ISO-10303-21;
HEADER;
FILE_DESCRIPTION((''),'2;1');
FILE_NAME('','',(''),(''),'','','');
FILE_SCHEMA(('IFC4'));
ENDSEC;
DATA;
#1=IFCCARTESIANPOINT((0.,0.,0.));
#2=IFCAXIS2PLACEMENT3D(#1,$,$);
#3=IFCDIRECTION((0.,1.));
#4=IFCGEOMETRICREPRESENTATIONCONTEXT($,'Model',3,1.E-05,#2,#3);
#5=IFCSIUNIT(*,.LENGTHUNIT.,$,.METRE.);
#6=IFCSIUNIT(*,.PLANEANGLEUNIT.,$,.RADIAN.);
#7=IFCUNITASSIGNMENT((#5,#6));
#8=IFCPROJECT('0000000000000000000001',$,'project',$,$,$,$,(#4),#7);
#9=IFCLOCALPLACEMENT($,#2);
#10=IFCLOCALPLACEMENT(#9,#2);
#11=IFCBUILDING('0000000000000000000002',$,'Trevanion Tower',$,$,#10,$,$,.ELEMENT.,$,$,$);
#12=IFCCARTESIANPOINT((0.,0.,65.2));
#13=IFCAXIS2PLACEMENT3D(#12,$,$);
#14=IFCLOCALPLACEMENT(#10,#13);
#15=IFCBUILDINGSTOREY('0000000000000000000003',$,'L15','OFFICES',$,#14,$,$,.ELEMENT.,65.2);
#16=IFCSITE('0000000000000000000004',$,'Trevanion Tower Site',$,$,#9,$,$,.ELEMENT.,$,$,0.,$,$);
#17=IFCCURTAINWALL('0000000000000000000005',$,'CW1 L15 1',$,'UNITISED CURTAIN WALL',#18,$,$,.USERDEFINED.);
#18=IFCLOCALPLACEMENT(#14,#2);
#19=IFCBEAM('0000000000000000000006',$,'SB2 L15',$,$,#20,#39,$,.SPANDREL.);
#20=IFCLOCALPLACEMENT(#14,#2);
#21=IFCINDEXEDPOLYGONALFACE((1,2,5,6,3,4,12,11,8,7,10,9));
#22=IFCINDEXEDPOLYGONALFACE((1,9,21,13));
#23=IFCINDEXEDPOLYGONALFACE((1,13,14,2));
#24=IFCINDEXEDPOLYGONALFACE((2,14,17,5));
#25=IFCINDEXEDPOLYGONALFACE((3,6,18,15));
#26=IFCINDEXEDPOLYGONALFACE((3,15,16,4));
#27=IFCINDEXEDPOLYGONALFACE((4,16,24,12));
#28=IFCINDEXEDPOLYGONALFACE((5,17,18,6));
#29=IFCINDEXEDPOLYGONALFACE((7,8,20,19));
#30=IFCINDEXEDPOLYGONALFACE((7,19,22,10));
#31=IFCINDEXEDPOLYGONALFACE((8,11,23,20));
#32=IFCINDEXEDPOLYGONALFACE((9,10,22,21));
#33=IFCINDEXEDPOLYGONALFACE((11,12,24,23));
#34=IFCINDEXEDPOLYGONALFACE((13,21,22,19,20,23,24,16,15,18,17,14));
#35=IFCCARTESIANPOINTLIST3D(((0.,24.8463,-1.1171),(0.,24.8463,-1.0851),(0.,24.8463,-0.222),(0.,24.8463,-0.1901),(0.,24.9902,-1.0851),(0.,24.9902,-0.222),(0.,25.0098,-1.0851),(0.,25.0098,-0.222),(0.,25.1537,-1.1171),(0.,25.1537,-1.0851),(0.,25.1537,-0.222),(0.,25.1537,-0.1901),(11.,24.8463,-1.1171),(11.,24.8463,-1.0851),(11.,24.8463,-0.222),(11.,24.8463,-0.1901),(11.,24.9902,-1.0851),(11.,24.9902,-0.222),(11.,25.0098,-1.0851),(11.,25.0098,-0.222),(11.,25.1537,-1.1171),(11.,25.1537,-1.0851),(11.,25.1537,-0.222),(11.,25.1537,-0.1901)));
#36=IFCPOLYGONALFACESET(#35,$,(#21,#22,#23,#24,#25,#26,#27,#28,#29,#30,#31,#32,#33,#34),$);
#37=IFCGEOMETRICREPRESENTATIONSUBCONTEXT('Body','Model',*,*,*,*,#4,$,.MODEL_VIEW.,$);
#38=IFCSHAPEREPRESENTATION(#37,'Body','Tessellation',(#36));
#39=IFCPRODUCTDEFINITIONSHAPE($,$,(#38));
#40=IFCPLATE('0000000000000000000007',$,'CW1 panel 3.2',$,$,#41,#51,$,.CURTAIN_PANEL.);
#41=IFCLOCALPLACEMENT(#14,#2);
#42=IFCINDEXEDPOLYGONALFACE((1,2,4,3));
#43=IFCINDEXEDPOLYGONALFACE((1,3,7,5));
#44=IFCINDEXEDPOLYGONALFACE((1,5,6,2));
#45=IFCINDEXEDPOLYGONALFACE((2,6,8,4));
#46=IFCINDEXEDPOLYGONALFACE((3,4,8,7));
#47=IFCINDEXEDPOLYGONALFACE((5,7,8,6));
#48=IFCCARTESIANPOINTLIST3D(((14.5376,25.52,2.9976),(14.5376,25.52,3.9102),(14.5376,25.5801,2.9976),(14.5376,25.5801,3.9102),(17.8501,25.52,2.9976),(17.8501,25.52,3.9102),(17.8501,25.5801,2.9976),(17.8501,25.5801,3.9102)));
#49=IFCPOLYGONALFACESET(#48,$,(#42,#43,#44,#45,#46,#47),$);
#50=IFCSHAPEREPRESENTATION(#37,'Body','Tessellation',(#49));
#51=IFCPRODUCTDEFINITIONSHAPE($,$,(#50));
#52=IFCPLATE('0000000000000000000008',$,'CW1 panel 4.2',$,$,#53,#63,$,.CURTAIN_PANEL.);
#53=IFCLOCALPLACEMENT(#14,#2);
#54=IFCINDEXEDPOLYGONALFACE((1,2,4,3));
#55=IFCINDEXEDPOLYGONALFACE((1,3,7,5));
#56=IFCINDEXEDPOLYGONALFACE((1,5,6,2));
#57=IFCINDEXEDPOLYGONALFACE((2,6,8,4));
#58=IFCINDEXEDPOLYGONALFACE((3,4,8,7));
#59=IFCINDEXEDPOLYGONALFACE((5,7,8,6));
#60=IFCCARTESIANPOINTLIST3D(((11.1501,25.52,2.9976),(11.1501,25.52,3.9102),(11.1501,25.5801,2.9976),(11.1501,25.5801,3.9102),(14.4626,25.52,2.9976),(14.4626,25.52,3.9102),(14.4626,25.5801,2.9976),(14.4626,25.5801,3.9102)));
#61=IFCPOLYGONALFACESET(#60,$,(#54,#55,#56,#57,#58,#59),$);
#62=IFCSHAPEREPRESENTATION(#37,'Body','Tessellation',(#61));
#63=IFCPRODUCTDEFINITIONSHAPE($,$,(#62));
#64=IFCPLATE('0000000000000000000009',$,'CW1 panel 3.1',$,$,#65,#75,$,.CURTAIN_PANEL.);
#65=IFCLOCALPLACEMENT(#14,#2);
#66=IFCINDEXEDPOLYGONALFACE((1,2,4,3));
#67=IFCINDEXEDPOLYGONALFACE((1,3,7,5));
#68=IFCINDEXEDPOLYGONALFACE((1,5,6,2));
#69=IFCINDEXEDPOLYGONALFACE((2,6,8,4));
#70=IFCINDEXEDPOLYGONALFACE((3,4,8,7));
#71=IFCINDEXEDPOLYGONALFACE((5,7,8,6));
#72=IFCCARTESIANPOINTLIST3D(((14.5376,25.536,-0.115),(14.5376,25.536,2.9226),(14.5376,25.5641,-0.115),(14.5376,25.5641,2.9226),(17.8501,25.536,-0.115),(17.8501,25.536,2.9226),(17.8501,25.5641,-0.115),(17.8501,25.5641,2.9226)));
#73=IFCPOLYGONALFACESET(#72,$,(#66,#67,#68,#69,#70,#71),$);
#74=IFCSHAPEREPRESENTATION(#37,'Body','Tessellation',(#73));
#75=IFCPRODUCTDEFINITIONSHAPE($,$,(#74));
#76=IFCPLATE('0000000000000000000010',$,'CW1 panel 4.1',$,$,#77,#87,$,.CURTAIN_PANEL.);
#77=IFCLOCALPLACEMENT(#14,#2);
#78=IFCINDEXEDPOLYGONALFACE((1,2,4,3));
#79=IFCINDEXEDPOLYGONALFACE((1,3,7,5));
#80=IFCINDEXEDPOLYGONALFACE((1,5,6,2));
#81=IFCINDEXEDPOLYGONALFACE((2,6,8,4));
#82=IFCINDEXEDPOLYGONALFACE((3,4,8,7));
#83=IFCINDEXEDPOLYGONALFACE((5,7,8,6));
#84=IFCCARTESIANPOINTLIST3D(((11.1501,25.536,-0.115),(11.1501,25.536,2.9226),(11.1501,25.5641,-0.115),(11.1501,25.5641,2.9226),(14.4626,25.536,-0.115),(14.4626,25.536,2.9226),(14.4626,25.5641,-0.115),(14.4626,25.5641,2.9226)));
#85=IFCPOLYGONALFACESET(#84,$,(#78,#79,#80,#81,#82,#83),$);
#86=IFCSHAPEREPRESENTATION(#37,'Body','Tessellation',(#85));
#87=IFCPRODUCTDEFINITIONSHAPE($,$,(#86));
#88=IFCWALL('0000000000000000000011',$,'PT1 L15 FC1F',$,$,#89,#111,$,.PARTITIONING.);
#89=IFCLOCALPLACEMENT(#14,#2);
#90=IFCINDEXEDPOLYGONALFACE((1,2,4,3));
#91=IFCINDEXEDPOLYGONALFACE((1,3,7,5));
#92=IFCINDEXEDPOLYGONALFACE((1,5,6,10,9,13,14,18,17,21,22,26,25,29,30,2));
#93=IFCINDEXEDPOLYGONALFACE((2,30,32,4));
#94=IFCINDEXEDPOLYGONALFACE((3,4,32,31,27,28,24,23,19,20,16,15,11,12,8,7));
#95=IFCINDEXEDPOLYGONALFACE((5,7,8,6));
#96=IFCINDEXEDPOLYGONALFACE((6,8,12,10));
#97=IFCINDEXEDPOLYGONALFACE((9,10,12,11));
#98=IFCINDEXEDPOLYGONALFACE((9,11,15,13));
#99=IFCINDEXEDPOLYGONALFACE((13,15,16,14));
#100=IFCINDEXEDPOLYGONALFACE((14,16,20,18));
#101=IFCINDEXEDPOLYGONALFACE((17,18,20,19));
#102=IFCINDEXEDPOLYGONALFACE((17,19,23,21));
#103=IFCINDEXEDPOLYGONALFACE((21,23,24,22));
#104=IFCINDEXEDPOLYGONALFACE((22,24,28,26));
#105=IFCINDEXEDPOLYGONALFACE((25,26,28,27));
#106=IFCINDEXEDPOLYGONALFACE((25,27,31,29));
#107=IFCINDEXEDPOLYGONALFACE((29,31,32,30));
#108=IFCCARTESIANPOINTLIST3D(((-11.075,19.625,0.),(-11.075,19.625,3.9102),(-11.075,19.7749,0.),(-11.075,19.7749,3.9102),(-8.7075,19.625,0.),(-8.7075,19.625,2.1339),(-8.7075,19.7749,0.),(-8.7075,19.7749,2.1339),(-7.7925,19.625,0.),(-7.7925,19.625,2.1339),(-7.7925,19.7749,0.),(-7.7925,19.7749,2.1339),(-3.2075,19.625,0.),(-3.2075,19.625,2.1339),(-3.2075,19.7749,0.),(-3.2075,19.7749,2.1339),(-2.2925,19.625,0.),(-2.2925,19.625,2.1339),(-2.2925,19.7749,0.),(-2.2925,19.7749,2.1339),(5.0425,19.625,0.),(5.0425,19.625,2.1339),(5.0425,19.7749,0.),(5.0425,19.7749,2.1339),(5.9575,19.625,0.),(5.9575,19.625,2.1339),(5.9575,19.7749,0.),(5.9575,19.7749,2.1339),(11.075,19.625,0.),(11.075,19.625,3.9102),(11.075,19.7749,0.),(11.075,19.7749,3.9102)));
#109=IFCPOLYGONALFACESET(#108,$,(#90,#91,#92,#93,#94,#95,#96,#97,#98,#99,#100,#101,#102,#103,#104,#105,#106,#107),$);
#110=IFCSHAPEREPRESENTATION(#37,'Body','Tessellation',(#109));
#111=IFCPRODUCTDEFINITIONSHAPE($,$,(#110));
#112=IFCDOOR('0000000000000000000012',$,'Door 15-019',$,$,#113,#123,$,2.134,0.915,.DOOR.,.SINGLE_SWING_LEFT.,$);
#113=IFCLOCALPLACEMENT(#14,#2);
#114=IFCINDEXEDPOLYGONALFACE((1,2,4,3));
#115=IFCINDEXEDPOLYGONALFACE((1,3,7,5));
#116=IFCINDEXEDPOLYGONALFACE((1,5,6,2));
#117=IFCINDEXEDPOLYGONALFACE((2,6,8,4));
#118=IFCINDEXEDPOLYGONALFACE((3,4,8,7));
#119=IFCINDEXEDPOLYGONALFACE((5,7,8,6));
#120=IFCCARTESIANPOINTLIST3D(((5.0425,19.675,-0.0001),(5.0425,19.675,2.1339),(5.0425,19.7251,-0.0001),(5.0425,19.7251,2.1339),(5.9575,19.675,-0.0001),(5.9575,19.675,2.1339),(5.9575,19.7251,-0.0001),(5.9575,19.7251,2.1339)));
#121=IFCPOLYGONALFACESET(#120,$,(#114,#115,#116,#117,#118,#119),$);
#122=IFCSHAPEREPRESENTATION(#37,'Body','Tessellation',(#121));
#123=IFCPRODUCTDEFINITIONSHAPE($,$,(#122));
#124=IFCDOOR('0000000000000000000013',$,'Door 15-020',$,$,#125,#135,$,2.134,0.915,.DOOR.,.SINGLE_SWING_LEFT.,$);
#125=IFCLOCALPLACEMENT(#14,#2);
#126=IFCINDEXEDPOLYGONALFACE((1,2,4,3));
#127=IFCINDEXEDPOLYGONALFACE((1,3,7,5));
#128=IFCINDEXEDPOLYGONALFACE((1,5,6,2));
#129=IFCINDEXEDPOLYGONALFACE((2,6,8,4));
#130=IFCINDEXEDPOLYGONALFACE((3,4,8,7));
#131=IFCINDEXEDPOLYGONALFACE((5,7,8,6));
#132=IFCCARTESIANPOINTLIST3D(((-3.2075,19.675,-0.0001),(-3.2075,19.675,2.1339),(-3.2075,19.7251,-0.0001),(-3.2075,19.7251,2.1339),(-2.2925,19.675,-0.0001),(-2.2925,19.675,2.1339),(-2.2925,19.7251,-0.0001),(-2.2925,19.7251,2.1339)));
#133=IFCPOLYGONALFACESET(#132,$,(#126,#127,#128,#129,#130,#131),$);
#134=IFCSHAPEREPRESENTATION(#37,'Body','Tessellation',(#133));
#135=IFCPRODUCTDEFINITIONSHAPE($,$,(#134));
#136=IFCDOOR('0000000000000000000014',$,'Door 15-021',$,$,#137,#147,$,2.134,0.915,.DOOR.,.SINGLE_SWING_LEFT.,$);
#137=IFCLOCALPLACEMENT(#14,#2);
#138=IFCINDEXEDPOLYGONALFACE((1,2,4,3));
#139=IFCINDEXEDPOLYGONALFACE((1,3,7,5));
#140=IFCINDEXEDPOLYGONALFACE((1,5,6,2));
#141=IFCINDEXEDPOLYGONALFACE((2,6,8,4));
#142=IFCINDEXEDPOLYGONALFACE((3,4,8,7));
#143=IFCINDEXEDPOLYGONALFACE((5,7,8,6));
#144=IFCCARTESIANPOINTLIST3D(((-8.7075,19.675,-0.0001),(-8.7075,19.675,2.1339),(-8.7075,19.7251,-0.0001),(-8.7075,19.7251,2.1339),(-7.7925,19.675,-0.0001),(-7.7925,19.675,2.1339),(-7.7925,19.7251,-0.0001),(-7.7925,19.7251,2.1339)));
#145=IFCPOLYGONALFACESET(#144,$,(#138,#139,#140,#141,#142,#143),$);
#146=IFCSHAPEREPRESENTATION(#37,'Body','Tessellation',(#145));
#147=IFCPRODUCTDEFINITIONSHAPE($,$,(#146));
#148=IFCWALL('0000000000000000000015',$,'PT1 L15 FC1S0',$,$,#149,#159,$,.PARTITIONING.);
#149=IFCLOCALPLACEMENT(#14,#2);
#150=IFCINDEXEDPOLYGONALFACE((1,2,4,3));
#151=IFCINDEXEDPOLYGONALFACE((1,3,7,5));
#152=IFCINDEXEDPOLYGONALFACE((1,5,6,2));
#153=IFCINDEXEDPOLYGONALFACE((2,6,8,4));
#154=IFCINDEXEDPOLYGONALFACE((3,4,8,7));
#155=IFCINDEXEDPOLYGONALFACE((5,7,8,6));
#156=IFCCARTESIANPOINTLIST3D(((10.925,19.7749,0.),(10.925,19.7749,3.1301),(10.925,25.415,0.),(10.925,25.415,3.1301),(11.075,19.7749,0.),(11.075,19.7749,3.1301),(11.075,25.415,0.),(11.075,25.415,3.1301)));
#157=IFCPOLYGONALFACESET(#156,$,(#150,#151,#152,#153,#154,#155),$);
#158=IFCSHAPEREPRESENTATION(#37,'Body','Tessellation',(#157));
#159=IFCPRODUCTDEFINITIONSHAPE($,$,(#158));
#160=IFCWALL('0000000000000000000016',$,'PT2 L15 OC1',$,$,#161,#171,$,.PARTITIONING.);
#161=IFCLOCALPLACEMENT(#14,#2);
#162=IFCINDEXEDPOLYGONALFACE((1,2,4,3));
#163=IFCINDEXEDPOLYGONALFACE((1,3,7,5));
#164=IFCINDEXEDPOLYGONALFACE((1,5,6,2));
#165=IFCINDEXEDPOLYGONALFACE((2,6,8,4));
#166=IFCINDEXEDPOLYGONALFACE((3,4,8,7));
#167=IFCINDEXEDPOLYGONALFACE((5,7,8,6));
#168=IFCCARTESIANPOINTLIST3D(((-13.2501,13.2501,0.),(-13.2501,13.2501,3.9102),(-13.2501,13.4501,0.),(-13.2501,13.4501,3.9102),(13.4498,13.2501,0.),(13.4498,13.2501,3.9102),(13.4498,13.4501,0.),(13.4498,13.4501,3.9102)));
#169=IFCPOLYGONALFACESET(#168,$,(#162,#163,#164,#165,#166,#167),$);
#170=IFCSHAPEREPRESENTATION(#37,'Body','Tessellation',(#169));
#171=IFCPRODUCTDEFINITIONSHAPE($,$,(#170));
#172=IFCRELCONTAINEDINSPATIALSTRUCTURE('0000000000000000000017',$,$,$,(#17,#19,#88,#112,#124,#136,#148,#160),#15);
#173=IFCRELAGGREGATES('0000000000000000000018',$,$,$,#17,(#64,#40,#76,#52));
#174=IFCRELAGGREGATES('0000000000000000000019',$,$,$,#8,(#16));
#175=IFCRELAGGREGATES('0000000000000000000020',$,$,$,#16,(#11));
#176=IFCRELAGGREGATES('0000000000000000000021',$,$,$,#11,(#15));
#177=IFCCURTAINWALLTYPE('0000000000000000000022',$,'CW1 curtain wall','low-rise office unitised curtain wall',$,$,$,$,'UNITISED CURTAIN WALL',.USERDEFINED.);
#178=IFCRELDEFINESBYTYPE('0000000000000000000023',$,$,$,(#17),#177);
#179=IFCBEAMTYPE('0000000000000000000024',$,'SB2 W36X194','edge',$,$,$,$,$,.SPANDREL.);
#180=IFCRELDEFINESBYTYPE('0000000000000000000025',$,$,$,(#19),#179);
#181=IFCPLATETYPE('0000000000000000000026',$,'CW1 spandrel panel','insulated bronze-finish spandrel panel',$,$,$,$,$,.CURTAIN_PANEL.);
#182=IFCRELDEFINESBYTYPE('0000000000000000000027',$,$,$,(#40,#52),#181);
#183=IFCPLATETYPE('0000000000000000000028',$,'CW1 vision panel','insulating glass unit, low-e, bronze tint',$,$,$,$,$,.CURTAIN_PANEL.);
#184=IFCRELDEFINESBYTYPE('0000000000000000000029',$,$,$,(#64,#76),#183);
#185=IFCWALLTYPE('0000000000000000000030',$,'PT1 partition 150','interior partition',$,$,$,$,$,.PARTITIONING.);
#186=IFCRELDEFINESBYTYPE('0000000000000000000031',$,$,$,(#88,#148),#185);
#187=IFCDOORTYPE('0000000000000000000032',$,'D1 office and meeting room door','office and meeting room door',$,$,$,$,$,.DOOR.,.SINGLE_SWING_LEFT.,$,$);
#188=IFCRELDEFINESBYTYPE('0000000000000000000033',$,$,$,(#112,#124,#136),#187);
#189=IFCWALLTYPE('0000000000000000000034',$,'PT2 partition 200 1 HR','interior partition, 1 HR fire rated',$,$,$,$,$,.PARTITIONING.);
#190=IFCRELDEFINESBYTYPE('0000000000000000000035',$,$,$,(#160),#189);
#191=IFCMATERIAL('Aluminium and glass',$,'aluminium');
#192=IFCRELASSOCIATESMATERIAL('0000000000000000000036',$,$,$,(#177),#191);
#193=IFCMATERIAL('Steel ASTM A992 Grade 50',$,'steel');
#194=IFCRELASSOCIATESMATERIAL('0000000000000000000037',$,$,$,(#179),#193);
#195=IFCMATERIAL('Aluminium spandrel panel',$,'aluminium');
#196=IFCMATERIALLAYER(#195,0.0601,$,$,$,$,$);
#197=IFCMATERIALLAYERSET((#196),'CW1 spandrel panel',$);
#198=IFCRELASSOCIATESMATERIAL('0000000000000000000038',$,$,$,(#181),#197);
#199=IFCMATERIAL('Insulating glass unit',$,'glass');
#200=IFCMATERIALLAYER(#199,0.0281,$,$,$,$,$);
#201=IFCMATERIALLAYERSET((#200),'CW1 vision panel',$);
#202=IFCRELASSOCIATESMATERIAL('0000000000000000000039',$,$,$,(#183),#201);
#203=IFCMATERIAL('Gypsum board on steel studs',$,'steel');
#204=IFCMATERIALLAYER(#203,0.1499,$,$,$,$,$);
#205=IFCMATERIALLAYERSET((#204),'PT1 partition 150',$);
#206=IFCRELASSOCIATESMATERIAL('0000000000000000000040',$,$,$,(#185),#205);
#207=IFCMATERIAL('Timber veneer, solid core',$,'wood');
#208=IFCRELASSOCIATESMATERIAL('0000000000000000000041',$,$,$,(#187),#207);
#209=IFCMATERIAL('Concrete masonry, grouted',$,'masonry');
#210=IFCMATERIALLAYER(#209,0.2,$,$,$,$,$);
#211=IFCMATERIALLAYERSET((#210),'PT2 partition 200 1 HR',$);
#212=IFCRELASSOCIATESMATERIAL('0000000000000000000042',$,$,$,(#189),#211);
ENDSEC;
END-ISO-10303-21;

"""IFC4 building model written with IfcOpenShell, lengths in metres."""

from ifc_helpers import new_model, si_unit, direction, frame, frame_2d, origin, origin_2d, place, context, subcontext, project, spatial, rectangle, i_section, extrude, material, layer, layer_set, material_profile, profile_set, type_object, element, fill, aggregate, save


model = new_model("IFC4")

# Units and contexts
model_context = context("Model", 3, precision=1e-05, world=origin(), true_north=direction((0.0, 1.0)))
body_context = subcontext(model_context, "Body", "Model", "MODEL_VIEW")
ifc_project = project(units=[si_unit("LENGTHUNIT", "METRE"), si_unit("PLANEANGLEUNIT", "RADIAN")], contexts=[model_context])

# Site, building, storey
site_placement = place(None, origin())
site = spatial("IfcSite", under=ifc_project, at=site_placement, Name="Trevanion Tower Site", CompositionType="ELEMENT", RefElevation=0.0)
building_placement = place(site_placement, origin())
building = spatial("IfcBuilding", under=site, at=building_placement, Name="Trevanion Tower", CompositionType="ELEMENT")
storey_placement = place(building_placement, frame((0.0, 0.0, 65.2)))
storey = spatial("IfcBuildingStorey", under=building, at=storey_placement, Name="L15", Description="OFFICES", CompositionType="ELEMENT", Elevation=65.2)

# Curtain wall
ifc_material_1 = material(Name="Aluminium and glass", Category="aluminium")
curtain_wall_type = type_object("IfcCurtainWallType", Name="CW1 curtain wall", Description="low-rise office unitised curtain wall", ElementType="UNITISED CURTAIN WALL", PredefinedType="USERDEFINED", material=ifc_material_1)
curtain_wall_placement = place(storey_placement, origin())
curtain_wall = element("IfcCurtainWall", 1, at=curtain_wall_placement, inside=storey, type_object=curtain_wall_type, Name="CW1 L15 1", ObjectType="UNITISED CURTAIN WALL", PredefinedType="USERDEFINED")

# Beam
ifc_material_2 = material(Name="Steel ASTM A992 Grade 50", Category="steel")
ifc_material_profile_1 = material_profile(ifc_material_2, i_section(OverallWidth=0.3074, OverallDepth=0.927, WebThickness=0.0195, FlangeThickness=0.032, at=origin_2d()), Name="W36X194")
ifc_profile_set_1 = profile_set([ifc_material_profile_1], Name="Steel ASTM A992 Grade 50")
beam_type_1 = type_object("IfcBeamType", Name="SB2 W36X194", Description="edge", PredefinedType="SPANDREL", material=ifc_profile_set_1)
beam_1_placement = place(storey_placement, frame((11.0, 25.0, -0.6536), z_axis=(-1.0, 0.0, 0.0), x_axis=(0.0, -1.0, 0.0)))
element("IfcBeam", 2, at=beam_1_placement, inside=storey, type_object=beam_type_1, Name="SB2 L15", PredefinedType="SPANDREL", context=body_context, shape_type="SweptSolid", body=[
    extrude(i_section(OverallWidth=0.3074, OverallDepth=0.927, WebThickness=0.0195, FlangeThickness=0.032, at=origin_2d()), origin(), (0.0, 0.0, 1.0), 11.0),
])

# Plates
ifc_material_3 = material(Name="Aluminium spandrel panel", Category="aluminium")
ifc_layer_1 = layer(ifc_material_3, 0.0601)
ifc_layer_set_1 = layer_set([ifc_layer_1], Name="CW1 spandrel panel")
plate_type_1 = type_object("IfcPlateType", Name="CW1 spandrel panel", Description="insulated bronze-finish spandrel panel", PredefinedType="CURTAIN_PANEL", material=ifc_layer_set_1)
plate_1_placement = place(storey_placement, frame((16.1938, 25.55, 2.9976), z_axis=(0.0, 0.0, 1.0), x_axis=(-1.0, 0.0, 0.0)))
plate_1 = element("IfcPlate", 3, at=plate_1_placement, type_object=plate_type_1, Name="CW1 panel 3.2", PredefinedType="CURTAIN_PANEL", context=body_context, shape_type="SweptSolid", body=[
    extrude(rectangle(XDim=3.3125, YDim=0.0601, at=origin_2d()), origin(), (0.0, 0.0, 1.0), 0.9126),
])
plate_2_placement = place(storey_placement, frame((12.8064, 25.55, 2.9976), z_axis=(0.0, 0.0, 1.0), x_axis=(-1.0, 0.0, 0.0)))
plate_2 = element("IfcPlate", 4, at=plate_2_placement, type_object=plate_type_1, Name="CW1 panel 4.2", PredefinedType="CURTAIN_PANEL", context=body_context, shape_type="SweptSolid", body=[
    extrude(rectangle(XDim=3.3125, YDim=0.0601, at=origin_2d()), origin(), (0.0, 0.0, 1.0), 0.9126),
])
ifc_material_4 = material(Name="Insulating glass unit", Category="glass")
ifc_layer_2 = layer(ifc_material_4, 0.0281)
ifc_layer_set_2 = layer_set([ifc_layer_2], Name="CW1 vision panel")
plate_type_2 = type_object("IfcPlateType", Name="CW1 vision panel", Description="insulating glass unit, low-e, bronze tint", PredefinedType="CURTAIN_PANEL", material=ifc_layer_set_2)
plate_3_placement = place(storey_placement, frame((16.1938, 25.55, -0.115), z_axis=(0.0, 0.0, 1.0), x_axis=(-1.0, 0.0, 0.0)))
plate_3 = element("IfcPlate", 5, at=plate_3_placement, type_object=plate_type_2, Name="CW1 panel 3.1", PredefinedType="CURTAIN_PANEL", context=body_context, shape_type="SweptSolid", body=[
    extrude(rectangle(XDim=3.3125, YDim=0.0281, at=origin_2d()), origin(), (0.0, 0.0, 1.0), 3.0376),
])
plate_4_placement = place(storey_placement, frame((12.8064, 25.55, -0.115), z_axis=(0.0, 0.0, 1.0), x_axis=(-1.0, 0.0, 0.0)))
plate_4 = element("IfcPlate", 6, at=plate_4_placement, type_object=plate_type_2, Name="CW1 panel 4.1", PredefinedType="CURTAIN_PANEL", context=body_context, shape_type="SweptSolid", body=[
    extrude(rectangle(XDim=3.3125, YDim=0.0281, at=origin_2d()), origin(), (0.0, 0.0, 1.0), 3.0376),
])
aggregate(curtain_wall, [plate_3, plate_1, plate_4, plate_2])

# Wall, openings, doors
ifc_material_5 = material(Name="Gypsum board on steel studs", Category="steel")
ifc_layer_3 = layer(ifc_material_5, 0.1499)
ifc_layer_set_3 = layer_set([ifc_layer_3], Name="PT1 partition 150")
wall_type_1 = type_object("IfcWallType", Name="PT1 partition 150", Description="interior partition", PredefinedType="PARTITIONING", material=ifc_layer_set_3)
wall_1_placement = place(storey_placement, frame((11.075, 19.7, 0.0), z_axis=(0.0, 0.0, 1.0), x_axis=(-1.0, 0.0, 0.0)))
wall_1 = element("IfcWall", 7, at=wall_1_placement, inside=storey, type_object=wall_type_1, Name="PT1 L15 FC1F", PredefinedType="PARTITIONING", context=body_context, shape_type="SweptSolid", body=[
    extrude(rectangle(XDim=22.1499, YDim=0.1499, at=frame_2d((11.075, 0.0))), origin(), (0.0, 0.0, 1.0), 3.9102),
])
opening_1_placement = place(wall_1_placement, frame((5.1174, 0.0, 0.0)))
opening_1 = element("IfcOpeningElement", 8, at=opening_1_placement, cuts=wall_1, PredefinedType="OPENING", context=body_context, shape_type="SweptSolid", body=[
    extrude(rectangle(XDim=0.915, YDim=2.134, at=frame_2d((0.4575, 1.0669))), frame((0.0, 0.085, 0.0), z_axis=(0.0, -1.0, 0.0), x_axis=(1.0, 0.0, 0.0)), (0.0, 0.0, 1.0), 0.1699),
])
opening_2_placement = place(wall_1_placement, frame((13.3674, 0.0, 0.0)))
opening_2 = element("IfcOpeningElement", 9, at=opening_2_placement, cuts=wall_1, PredefinedType="OPENING", context=body_context, shape_type="SweptSolid", body=[
    extrude(rectangle(XDim=0.915, YDim=2.134, at=frame_2d((0.4575, 1.0669))), frame((0.0, 0.085, 0.0), z_axis=(0.0, -1.0, 0.0), x_axis=(1.0, 0.0, 0.0)), (0.0, 0.0, 1.0), 0.1699),
])
opening_3_placement = place(wall_1_placement, frame((18.8674, 0.0, 0.0)))
opening_3 = element("IfcOpeningElement", 10, at=opening_3_placement, cuts=wall_1, PredefinedType="OPENING", context=body_context, shape_type="SweptSolid", body=[
    extrude(rectangle(XDim=0.915, YDim=2.134, at=frame_2d((0.4575, 1.0669))), frame((0.0, 0.085, 0.0), z_axis=(0.0, -1.0, 0.0), x_axis=(1.0, 0.0, 0.0)), (0.0, 0.0, 1.0), 0.1699),
])
ifc_material_6 = material(Name="Timber veneer, solid core", Category="wood")
door_type = type_object("IfcDoorType", Name="D1 office and meeting room door", Description="office and meeting room door", OperationType="SINGLE_SWING_LEFT", PredefinedType="DOOR", material=ifc_material_6)
door_1_placement = place(opening_1_placement, origin())
door_1 = element("IfcDoor", 11, at=door_1_placement, inside=storey, type_object=door_type, Name="Door 15-019", OperationType="SINGLE_SWING_LEFT", OverallHeight=2.134, OverallWidth=0.915, PredefinedType="DOOR", context=body_context, shape_type="SweptSolid", body=[
    extrude(rectangle(XDim=0.915, YDim=2.134, at=frame_2d((0.4575, 1.0669))), frame((0.0, 0.0249, 0.0), z_axis=(0.0, -1.0, 0.0), x_axis=(1.0, 0.0, 0.0)), (0.0, 0.0, 1.0), 0.05),
])
fill(opening_1, door_1)
door_2_placement = place(opening_2_placement, origin())
door_2 = element("IfcDoor", 12, at=door_2_placement, inside=storey, type_object=door_type, Name="Door 15-020", OperationType="SINGLE_SWING_LEFT", OverallHeight=2.134, OverallWidth=0.915, PredefinedType="DOOR", context=body_context, shape_type="SweptSolid", body=[
    extrude(rectangle(XDim=0.915, YDim=2.134, at=frame_2d((0.4575, 1.0669))), frame((0.0, 0.0249, 0.0), z_axis=(0.0, -1.0, 0.0), x_axis=(1.0, 0.0, 0.0)), (0.0, 0.0, 1.0), 0.05),
])
fill(opening_2, door_2)
door_3_placement = place(opening_3_placement, origin())
door_3 = element("IfcDoor", 13, at=door_3_placement, inside=storey, type_object=door_type, Name="Door 15-021", OperationType="SINGLE_SWING_LEFT", OverallHeight=2.134, OverallWidth=0.915, PredefinedType="DOOR", context=body_context, shape_type="SweptSolid", body=[
    extrude(rectangle(XDim=0.915, YDim=2.134, at=frame_2d((0.4575, 1.0669))), frame((0.0, 0.0249, 0.0), z_axis=(0.0, -1.0, 0.0), x_axis=(1.0, 0.0, 0.0)), (0.0, 0.0, 1.0), 0.05),
])
fill(opening_3, door_3)

# Walls
wall_2_placement = place(storey_placement, frame((11.0, 19.7749, 0.0), z_axis=(0.0, 0.0, 1.0), x_axis=(0.0, 1.0, 0.0)))
element("IfcWall", 14, at=wall_2_placement, inside=storey, type_object=wall_type_1, Name="PT1 L15 FC1S0", PredefinedType="PARTITIONING", context=body_context, shape_type="SweptSolid", body=[
    extrude(rectangle(XDim=5.6401, YDim=0.1499, at=frame_2d((2.8201, 0.0))), origin(), (0.0, 0.0, 1.0), 3.1301),
])
ifc_material_7 = material(Name="Concrete masonry, grouted", Category="masonry")
ifc_layer_4 = layer(ifc_material_7, 0.2)
ifc_layer_set_4 = layer_set([ifc_layer_4], Name="PT2 partition 200 1 HR")
wall_type_2 = type_object("IfcWallType", Name="PT2 partition 200 1 HR", Description="interior partition, 1 HR fire rated", PredefinedType="PARTITIONING", material=ifc_layer_set_4)
wall_3_placement = place(storey_placement, frame((13.45, 13.3501, 0.0), z_axis=(0.0, 0.0, 1.0), x_axis=(-1.0, 0.0, 0.0)))
element("IfcWall", 15, at=wall_3_placement, inside=storey, type_object=wall_type_2, Name="PT2 L15 OC1", PredefinedType="PARTITIONING", context=body_context, shape_type="SweptSolid", body=[
    extrude(rectangle(XDim=26.7, YDim=0.2, at=frame_2d((13.3501, 0.0))), origin(), (0.0, 0.0, 1.0), 3.9102),
])

save(model, "model.ifc")
